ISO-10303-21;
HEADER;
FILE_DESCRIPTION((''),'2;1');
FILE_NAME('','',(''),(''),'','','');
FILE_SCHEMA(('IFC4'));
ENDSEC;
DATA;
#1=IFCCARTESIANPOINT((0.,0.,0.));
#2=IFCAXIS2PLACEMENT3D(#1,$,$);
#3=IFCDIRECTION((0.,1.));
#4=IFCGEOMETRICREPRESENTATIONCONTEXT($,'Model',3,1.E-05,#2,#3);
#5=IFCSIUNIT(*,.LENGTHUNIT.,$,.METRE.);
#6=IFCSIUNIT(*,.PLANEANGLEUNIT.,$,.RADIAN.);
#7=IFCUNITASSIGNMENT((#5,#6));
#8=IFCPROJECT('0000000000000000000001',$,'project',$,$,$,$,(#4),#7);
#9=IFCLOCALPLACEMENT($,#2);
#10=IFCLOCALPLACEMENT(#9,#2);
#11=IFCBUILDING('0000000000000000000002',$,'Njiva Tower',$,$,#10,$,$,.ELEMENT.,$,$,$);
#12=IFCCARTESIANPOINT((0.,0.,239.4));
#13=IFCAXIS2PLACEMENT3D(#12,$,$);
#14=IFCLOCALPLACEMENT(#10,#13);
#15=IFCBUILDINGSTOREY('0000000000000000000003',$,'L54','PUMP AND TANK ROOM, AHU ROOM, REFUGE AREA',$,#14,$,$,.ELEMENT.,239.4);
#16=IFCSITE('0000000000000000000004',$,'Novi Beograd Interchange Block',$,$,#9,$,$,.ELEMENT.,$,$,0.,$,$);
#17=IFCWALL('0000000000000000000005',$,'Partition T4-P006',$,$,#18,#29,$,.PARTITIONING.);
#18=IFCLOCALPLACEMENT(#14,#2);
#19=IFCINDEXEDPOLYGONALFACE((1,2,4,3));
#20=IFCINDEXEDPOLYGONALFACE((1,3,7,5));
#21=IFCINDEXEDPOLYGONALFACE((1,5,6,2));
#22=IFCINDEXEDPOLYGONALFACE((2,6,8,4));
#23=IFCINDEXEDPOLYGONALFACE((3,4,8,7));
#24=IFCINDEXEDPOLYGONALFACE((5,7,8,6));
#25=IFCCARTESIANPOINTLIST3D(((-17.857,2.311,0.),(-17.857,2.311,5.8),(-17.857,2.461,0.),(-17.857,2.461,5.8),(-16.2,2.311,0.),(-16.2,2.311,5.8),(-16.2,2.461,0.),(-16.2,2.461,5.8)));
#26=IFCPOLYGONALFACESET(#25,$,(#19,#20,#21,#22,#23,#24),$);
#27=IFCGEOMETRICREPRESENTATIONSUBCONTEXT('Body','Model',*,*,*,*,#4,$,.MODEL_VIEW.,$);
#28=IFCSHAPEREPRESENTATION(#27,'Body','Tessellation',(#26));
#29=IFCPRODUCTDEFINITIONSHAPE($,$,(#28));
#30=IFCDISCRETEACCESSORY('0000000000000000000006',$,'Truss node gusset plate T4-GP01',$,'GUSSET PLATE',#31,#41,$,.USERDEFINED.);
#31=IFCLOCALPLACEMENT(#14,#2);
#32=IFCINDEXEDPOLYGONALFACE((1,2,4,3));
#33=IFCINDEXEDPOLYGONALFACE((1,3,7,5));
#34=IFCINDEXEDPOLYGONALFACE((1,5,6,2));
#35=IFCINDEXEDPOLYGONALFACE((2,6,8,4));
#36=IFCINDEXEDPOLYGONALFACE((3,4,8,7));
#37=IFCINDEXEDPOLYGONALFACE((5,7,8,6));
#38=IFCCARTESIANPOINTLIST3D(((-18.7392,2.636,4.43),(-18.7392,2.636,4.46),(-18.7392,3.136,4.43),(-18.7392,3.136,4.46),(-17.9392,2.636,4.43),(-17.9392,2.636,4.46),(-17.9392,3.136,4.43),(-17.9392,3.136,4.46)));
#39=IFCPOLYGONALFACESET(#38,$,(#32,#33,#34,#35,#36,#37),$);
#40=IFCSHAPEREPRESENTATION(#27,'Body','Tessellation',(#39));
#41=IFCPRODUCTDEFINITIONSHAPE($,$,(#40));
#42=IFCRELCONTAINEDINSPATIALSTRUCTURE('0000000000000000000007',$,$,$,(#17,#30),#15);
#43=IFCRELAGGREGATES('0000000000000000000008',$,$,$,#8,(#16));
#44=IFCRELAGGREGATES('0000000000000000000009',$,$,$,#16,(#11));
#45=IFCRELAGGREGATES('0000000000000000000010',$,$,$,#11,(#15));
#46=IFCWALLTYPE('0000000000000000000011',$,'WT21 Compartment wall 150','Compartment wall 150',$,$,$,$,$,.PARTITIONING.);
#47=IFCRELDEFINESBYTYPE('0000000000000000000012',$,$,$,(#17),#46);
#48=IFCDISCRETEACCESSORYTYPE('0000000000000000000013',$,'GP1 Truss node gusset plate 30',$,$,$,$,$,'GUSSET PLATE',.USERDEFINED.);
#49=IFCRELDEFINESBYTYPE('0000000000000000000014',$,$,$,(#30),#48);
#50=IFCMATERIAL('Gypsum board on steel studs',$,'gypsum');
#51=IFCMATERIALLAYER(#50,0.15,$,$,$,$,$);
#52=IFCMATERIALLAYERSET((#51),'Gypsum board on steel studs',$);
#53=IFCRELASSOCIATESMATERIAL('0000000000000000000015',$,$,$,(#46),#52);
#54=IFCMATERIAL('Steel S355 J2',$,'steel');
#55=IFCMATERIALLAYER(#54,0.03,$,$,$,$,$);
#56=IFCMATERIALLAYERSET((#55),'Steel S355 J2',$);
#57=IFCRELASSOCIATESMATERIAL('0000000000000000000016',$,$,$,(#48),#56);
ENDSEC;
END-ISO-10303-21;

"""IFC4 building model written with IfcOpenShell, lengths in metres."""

from ifc_helpers import new_model, si_unit, direction, frame, frame_2d, origin, place, context, subcontext, project, spatial, polyline, rectangle, outline, extrude, material, layer, layer_set, type_object, element, save


model = new_model("IFC4")

# Units and contexts
model_context = context("Model", 3, precision=1e-05, world=origin(), true_north=direction((0.0, 1.0)))
body_context = subcontext(model_context, "Body", "Model", "MODEL_VIEW")
ifc_project = project(units=[si_unit("LENGTHUNIT", "METRE"), si_unit("PLANEANGLEUNIT", "RADIAN")], contexts=[model_context])

# Site, building, storey
site_placement = place(None, origin())
site = spatial("IfcSite", under=ifc_project, at=site_placement, Name="Novi Beograd Interchange Block", CompositionType="ELEMENT", RefElevation=0.0)
building_placement = place(site_placement, origin())
building = spatial("IfcBuilding", under=site, at=building_placement, Name="Njiva Tower", CompositionType="ELEMENT")
storey_placement = place(building_placement, frame((0.0, 0.0, 239.4)))
storey = spatial("IfcBuildingStorey", under=building, at=storey_placement, Name="L54", Description="PUMP AND TANK ROOM, AHU ROOM, REFUGE AREA", CompositionType="ELEMENT", Elevation=239.4)

# Shared definitions
ifc_material_1 = material(Name="Steel S355 J2", Category="steel")

# Wall
ifc_material_2 = material(Name="Gypsum board on steel studs", Category="gypsum")
ifc_layer_1 = layer(ifc_material_2, 0.15)
ifc_layer_set_1 = layer_set([ifc_layer_1], Name="Gypsum board on steel studs")
wall_type_1 = type_object("IfcWallType", Name="WT21 Compartment wall 150", Description="Compartment wall 150", PredefinedType="PARTITIONING", material=ifc_layer_set_1)
wall_1_placement = place(storey_placement, frame((-17.857, 2.386, 0.0), z_axis=(0.0, 0.0, 1.0), x_axis=(1.0, 0.0, 0.0)))
element("IfcWall", 1, at=wall_1_placement, inside=storey, type_object=wall_type_1, Name="Partition T4-P006", PredefinedType="PARTITIONING", context=body_context, shape_type="SweptSolid", body=[
    extrude(rectangle(XDim=1.657, YDim=0.15, at=frame_2d((0.8285, 0.0))), origin(), (0.0, 0.0, 1.0), 5.8),
])

# Discrete accessory
ifc_layer_2 = layer(ifc_material_1, 0.03)
ifc_layer_set_2 = layer_set([ifc_layer_2], Name="Steel S355 J2")
discrete_accessory_type = type_object("IfcDiscreteAccessoryType", Name="GP1 Truss node gusset plate 30", ElementType="GUSSET PLATE", PredefinedType="USERDEFINED", material=ifc_layer_set_2)
discrete_accessory_placement = place(storey_placement, frame((-18.3392, 2.886, 4.43)))
element("IfcDiscreteAccessory", 2, at=discrete_accessory_placement, inside=storey, type_object=discrete_accessory_type, Name="Truss node gusset plate T4-GP01", ObjectType="GUSSET PLATE", PredefinedType="USERDEFINED", context=body_context, shape_type="SweptSolid", body=[
    extrude(outline(polyline([(-0.4, -0.25), (0.4, -0.25), (0.4, 0.25), (-0.4, 0.25), (-0.4, -0.25)])), origin(), (0.0, 0.0, 1.0), 0.03),
])

save(model, "model.ifc")
